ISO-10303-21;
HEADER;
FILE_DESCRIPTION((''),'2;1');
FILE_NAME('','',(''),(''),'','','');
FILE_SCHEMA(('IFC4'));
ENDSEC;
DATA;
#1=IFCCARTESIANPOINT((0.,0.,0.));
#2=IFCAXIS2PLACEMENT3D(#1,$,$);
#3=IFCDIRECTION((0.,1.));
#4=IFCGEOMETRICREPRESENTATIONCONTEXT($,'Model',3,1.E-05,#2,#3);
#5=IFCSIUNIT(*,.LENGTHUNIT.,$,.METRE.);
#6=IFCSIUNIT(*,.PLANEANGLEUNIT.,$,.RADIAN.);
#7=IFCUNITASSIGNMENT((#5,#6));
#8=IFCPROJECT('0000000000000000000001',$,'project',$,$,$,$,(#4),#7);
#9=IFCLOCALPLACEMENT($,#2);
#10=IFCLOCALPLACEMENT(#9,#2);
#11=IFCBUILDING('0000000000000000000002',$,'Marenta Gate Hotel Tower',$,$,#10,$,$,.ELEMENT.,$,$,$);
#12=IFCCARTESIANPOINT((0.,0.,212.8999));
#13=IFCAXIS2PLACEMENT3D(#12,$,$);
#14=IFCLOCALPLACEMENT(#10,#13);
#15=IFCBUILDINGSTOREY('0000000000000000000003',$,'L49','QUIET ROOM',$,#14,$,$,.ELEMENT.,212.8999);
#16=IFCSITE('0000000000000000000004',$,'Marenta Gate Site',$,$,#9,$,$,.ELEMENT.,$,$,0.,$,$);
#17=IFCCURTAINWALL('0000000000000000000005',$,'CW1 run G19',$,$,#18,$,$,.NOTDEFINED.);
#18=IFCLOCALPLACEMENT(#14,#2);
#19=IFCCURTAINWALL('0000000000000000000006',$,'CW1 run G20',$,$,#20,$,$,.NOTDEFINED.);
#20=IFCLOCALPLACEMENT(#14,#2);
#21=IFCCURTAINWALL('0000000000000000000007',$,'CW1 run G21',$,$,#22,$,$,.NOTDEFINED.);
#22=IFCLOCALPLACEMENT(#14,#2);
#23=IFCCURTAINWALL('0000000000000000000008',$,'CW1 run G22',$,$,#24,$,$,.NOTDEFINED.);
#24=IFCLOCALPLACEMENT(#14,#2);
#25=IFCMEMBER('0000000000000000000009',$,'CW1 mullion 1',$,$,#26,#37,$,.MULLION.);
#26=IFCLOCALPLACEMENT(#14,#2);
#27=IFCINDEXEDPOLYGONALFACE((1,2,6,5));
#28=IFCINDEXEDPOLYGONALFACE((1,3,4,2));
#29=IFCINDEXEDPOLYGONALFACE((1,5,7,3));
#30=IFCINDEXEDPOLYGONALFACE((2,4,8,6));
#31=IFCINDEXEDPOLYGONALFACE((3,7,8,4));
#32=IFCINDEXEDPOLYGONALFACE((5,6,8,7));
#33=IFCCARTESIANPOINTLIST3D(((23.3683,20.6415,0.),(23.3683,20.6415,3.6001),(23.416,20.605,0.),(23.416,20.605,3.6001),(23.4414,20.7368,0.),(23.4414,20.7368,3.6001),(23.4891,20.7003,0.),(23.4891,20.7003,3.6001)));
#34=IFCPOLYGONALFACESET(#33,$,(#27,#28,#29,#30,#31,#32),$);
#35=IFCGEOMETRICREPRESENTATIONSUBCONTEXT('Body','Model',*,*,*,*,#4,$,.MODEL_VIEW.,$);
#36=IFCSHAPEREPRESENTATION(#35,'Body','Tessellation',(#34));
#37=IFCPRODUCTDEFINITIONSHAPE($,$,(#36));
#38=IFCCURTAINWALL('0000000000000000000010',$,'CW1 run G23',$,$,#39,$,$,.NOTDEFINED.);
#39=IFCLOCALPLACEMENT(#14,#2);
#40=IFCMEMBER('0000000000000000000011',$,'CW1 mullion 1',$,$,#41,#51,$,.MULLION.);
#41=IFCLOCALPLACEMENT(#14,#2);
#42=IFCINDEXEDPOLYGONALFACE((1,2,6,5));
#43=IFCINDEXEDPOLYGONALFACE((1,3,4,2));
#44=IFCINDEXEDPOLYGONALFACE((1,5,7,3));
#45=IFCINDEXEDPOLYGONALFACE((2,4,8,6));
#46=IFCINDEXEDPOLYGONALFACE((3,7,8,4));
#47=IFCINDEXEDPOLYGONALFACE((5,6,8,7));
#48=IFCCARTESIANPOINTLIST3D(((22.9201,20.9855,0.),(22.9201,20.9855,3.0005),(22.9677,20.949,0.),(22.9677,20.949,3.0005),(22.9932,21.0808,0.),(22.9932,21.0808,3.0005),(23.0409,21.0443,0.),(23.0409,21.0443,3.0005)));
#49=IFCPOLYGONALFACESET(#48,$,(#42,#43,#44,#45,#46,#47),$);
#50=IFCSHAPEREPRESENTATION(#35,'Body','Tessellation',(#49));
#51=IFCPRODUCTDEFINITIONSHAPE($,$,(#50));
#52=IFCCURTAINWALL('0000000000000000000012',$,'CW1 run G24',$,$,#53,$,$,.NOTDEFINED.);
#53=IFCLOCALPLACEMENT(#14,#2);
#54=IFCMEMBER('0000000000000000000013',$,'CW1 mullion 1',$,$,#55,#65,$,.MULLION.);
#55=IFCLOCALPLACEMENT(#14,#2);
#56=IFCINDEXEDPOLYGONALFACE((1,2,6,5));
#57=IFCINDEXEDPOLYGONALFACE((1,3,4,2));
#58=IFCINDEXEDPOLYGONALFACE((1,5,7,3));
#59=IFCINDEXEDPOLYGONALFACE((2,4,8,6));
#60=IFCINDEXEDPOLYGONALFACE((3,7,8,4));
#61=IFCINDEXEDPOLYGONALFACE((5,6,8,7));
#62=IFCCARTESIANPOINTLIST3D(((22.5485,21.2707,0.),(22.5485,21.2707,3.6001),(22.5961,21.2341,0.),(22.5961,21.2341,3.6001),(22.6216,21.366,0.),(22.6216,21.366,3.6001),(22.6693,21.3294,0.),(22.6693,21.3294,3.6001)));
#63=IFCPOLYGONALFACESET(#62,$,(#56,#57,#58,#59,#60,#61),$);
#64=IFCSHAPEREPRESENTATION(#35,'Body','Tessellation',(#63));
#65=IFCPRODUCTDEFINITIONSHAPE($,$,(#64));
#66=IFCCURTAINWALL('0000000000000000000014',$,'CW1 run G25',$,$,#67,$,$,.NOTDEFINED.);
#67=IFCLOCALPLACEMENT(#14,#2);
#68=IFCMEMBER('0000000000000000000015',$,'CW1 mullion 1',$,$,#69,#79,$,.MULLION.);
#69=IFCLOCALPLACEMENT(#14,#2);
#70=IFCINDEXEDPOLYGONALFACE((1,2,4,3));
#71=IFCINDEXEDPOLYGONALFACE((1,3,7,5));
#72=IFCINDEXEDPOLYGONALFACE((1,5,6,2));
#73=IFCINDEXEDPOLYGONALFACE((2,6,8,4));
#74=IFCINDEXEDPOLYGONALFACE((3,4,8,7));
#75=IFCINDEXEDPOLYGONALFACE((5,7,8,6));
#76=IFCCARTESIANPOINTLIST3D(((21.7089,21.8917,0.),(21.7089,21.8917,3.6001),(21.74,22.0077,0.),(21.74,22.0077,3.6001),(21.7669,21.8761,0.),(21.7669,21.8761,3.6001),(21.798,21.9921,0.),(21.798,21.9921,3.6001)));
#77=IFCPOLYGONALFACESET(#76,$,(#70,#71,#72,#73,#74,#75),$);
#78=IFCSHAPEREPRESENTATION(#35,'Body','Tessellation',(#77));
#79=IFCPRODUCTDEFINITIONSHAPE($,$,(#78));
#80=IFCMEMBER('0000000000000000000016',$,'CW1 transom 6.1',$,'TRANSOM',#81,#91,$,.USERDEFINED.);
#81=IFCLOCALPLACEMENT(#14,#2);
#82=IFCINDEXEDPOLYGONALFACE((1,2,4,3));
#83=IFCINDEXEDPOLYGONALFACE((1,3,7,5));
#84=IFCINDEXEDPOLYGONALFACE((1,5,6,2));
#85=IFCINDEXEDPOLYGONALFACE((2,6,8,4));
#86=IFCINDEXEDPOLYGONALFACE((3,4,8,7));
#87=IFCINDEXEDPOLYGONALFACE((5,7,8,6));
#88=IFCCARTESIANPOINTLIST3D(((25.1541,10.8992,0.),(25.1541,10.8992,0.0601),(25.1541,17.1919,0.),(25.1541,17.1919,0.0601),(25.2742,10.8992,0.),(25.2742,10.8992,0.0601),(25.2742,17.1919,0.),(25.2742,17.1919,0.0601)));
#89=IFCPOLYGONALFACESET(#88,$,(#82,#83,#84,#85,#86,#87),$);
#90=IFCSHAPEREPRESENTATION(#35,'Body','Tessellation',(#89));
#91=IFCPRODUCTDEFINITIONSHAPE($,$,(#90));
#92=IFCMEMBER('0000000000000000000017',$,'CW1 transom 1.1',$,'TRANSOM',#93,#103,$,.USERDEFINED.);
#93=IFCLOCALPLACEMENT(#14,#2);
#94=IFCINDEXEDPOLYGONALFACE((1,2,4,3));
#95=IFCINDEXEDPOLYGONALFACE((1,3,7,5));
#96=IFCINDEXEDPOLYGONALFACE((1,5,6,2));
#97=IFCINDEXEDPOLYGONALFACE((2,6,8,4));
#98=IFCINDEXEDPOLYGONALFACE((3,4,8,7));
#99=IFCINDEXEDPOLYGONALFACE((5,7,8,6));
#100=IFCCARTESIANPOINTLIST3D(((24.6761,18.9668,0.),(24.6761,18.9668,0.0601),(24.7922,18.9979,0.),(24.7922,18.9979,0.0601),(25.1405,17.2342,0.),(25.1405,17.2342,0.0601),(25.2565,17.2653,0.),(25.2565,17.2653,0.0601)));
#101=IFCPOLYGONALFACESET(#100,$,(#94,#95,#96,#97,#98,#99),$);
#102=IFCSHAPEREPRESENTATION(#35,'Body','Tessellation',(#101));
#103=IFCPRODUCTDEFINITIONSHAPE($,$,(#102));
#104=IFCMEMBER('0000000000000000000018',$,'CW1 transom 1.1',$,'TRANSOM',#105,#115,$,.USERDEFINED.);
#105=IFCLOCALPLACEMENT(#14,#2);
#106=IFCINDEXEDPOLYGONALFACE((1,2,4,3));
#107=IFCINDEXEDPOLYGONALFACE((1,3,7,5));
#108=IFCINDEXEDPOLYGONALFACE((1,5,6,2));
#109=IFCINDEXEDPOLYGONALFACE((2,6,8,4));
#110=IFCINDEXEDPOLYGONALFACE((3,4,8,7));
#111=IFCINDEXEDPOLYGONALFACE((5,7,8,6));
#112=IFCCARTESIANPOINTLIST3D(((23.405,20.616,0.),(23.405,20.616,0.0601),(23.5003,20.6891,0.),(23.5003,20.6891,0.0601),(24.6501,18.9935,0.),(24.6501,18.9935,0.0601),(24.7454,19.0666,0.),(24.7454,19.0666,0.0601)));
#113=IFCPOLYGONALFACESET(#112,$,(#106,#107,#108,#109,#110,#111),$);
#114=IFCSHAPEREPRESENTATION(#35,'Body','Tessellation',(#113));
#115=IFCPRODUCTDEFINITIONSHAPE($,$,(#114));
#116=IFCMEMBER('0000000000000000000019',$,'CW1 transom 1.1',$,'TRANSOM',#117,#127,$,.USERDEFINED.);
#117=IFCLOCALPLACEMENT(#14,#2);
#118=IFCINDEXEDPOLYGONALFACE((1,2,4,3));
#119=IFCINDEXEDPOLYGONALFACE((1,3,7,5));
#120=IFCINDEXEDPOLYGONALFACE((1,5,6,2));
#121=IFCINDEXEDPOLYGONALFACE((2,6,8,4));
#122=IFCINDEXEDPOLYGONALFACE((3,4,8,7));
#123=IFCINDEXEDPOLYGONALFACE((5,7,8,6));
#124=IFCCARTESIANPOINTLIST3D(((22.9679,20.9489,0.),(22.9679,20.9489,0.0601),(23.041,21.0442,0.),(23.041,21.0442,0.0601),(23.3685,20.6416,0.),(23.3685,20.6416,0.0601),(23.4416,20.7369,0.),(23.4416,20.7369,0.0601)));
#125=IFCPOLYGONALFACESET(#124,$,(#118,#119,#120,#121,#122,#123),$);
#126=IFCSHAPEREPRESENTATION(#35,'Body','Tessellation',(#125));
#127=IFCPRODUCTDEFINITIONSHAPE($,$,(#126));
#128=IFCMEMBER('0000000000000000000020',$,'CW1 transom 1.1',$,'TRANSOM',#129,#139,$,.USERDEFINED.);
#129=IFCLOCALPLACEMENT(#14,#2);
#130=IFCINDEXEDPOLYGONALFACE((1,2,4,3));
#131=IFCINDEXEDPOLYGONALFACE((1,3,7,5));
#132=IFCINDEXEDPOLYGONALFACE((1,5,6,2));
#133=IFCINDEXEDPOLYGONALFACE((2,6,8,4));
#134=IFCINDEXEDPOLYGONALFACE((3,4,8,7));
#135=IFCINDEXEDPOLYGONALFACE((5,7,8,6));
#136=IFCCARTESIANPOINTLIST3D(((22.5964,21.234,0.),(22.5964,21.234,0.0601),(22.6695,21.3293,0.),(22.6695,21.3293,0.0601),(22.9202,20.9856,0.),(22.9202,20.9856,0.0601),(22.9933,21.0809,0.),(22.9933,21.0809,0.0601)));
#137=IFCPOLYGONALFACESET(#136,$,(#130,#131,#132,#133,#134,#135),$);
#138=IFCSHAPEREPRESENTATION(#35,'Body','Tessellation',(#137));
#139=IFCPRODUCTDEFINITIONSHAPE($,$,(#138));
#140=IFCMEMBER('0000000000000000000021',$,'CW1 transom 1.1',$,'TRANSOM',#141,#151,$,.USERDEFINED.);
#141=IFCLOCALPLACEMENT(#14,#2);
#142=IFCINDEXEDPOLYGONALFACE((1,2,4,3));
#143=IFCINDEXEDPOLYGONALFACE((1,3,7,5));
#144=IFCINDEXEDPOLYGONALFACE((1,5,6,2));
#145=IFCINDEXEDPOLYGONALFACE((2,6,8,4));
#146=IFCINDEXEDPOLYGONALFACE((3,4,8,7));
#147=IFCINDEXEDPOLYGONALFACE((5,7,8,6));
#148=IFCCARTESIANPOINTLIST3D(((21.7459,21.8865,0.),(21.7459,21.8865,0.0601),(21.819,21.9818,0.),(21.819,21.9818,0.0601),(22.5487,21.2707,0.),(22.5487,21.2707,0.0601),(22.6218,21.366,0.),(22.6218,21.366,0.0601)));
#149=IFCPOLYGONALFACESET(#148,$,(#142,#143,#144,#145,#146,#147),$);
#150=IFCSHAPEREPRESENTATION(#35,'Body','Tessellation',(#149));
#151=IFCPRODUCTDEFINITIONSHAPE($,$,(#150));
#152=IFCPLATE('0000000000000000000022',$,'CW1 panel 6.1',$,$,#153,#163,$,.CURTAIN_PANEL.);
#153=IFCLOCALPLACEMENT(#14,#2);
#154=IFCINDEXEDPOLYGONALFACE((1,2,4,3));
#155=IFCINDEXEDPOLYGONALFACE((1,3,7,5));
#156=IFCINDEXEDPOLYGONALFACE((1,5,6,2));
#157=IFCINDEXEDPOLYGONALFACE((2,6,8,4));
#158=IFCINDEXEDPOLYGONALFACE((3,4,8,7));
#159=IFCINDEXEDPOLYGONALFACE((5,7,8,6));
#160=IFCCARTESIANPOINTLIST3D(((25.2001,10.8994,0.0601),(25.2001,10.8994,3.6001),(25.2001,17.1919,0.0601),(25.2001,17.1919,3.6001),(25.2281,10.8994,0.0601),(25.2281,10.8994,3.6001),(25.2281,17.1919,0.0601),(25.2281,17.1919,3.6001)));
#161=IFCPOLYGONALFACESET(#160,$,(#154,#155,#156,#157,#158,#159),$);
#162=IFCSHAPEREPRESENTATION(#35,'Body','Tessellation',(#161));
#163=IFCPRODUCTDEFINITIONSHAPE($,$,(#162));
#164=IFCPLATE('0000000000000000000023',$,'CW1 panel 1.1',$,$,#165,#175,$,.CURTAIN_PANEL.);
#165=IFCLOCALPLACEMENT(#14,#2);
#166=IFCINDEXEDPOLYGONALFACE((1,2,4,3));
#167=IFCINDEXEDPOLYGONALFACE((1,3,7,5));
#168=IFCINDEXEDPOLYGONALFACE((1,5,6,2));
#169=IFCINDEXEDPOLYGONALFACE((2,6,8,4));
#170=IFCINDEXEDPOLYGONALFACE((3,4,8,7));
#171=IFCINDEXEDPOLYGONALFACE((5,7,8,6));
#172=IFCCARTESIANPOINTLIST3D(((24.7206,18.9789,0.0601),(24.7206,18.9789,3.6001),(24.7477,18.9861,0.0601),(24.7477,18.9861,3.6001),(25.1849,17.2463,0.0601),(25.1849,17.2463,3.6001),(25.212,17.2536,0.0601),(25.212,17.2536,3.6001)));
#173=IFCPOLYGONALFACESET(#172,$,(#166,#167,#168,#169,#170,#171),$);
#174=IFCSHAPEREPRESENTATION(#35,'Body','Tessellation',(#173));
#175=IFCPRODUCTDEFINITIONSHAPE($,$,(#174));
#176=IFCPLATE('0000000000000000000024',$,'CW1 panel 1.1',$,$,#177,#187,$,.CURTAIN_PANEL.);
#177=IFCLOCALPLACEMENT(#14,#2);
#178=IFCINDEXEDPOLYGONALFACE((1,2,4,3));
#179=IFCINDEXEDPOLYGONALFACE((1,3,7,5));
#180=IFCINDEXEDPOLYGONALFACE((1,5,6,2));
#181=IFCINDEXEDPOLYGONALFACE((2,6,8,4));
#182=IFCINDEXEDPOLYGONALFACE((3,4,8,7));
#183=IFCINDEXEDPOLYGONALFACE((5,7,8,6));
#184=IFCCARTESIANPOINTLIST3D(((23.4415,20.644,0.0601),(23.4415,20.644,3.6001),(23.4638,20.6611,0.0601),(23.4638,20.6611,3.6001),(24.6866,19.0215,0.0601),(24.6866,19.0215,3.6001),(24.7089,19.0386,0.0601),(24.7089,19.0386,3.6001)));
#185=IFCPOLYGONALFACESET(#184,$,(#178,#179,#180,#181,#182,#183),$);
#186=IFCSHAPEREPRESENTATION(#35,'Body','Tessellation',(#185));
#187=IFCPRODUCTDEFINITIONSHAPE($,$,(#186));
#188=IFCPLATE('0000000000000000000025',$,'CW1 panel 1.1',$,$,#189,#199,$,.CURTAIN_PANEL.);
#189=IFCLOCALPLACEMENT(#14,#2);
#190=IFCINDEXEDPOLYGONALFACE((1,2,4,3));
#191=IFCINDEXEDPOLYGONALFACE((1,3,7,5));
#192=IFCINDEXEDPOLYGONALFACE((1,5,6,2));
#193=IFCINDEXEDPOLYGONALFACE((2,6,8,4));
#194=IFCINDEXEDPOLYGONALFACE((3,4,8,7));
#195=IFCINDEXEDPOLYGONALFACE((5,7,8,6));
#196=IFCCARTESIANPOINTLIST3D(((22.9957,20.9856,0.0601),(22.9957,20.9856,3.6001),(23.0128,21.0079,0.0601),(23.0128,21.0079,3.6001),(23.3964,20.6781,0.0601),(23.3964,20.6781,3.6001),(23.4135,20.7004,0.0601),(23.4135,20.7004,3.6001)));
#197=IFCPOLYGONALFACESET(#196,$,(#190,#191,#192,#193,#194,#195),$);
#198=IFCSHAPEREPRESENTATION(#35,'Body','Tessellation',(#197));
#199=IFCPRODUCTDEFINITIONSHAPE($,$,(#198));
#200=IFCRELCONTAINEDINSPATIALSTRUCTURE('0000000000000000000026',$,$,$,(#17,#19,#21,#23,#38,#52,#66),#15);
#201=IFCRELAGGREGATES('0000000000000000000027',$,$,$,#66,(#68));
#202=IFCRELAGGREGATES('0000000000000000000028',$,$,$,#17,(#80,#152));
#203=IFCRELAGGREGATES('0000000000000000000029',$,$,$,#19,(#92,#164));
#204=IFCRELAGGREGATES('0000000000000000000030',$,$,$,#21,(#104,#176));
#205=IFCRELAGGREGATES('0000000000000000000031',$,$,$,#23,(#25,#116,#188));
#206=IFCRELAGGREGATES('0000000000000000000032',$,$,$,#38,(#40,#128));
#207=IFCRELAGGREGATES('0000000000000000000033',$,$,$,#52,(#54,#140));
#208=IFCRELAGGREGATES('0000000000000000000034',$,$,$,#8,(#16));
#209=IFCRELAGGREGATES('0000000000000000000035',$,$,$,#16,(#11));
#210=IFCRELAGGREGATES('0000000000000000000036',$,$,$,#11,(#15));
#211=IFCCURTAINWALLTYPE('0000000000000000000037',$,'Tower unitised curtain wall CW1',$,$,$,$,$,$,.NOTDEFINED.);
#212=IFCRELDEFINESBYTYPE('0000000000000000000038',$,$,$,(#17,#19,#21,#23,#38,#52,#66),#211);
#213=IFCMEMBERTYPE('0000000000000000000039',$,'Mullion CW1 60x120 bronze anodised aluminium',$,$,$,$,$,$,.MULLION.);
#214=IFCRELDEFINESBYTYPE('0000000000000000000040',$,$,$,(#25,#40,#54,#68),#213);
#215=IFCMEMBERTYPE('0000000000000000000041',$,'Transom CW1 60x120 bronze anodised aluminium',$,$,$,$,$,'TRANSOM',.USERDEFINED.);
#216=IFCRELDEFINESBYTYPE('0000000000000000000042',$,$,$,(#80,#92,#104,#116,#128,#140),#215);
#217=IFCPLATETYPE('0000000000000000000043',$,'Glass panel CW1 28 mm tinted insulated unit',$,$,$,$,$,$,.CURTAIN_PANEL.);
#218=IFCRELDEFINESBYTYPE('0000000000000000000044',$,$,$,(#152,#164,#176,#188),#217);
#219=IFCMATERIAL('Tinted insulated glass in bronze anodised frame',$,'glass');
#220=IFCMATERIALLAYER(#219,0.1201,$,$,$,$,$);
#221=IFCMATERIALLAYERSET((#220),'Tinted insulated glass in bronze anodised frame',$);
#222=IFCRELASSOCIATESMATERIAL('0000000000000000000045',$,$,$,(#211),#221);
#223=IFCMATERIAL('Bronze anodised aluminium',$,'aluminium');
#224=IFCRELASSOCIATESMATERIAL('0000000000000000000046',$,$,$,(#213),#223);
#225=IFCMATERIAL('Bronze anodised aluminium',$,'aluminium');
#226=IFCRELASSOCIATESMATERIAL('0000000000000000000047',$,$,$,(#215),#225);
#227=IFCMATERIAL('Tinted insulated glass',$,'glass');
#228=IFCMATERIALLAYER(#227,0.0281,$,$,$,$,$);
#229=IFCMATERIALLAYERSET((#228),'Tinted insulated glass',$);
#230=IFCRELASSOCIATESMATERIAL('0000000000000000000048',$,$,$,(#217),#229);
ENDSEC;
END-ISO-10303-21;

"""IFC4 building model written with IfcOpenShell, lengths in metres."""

from ifc_helpers import new_model, si_unit, direction, frame, origin, origin_2d, place, context, subcontext, project, spatial, rectangle, extrude, material, layer, layer_set, material_profile, profile_set, type_object, element, aggregate, save


model = new_model("IFC4")

# Units and contexts
model_context = context("Model", 3, precision=1e-05, world=origin(), true_north=direction((0.0, 1.0)))
body_context = subcontext(model_context, "Body", "Model", "MODEL_VIEW")
ifc_project = project(units=[si_unit("LENGTHUNIT", "METRE"), si_unit("PLANEANGLEUNIT", "RADIAN")], contexts=[model_context])

# Site, building, storey
site_placement = place(None, origin())
site = spatial("IfcSite", under=ifc_project, at=site_placement, Name="Marenta Gate Site", CompositionType="ELEMENT", RefElevation=0.0)
building_placement = place(site_placement, origin())
building = spatial("IfcBuilding", under=site, at=building_placement, Name="Marenta Gate Hotel Tower", CompositionType="ELEMENT")
storey_placement = place(building_placement, frame((0.0, 0.0, 212.8999)))
storey = spatial("IfcBuildingStorey", under=building, at=storey_placement, Name="L49", Description="QUIET ROOM", CompositionType="ELEMENT", Elevation=212.8999)

# Curtain walls, members
ifc_material_1 = material(Name="Tinted insulated glass in bronze anodised frame", Category="glass")
ifc_layer_1 = layer(ifc_material_1, 0.1201)
ifc_layer_set_1 = layer_set([ifc_layer_1], Name="Tinted insulated glass in bronze anodised frame")
curtain_wall_type = type_object("IfcCurtainWallType", Name="Tower unitised curtain wall CW1", PredefinedType="NOTDEFINED", material=ifc_layer_set_1)
curtain_wall_1_placement = place(storey_placement, origin())
curtain_wall_1 = element("IfcCurtainWall", 1, at=curtain_wall_1_placement, inside=storey, type_object=curtain_wall_type, Name="CW1 run G19", PredefinedType="NOTDEFINED")
ifc_material_2 = material(Name="Bronze anodised aluminium", Category="aluminium")
ifc_material_profile_1 = material_profile(ifc_material_2, rectangle(XDim=0.1201, YDim=0.0601, at=origin_2d()), Name="Mullion CW1 60x120 bronze anodised aluminium")
ifc_profile_set_1 = profile_set([ifc_material_profile_1], Name="Bronze anodised aluminium")
member_type_1 = type_object("IfcMemberType", Name="Mullion CW1 60x120 bronze anodised aluminium", PredefinedType="MULLION", material=ifc_profile_set_1)
curtain_wall_2_placement = place(storey_placement, origin())
curtain_wall_2 = element("IfcCurtainWall", 2, at=curtain_wall_2_placement, inside=storey, type_object=curtain_wall_type, Name="CW1 run G20", PredefinedType="NOTDEFINED")
curtain_wall_3_placement = place(storey_placement, origin())
curtain_wall_3 = element("IfcCurtainWall", 3, at=curtain_wall_3_placement, inside=storey, type_object=curtain_wall_type, Name="CW1 run G21", PredefinedType="NOTDEFINED")
curtain_wall_4_placement = place(storey_placement, origin())
curtain_wall_4 = element("IfcCurtainWall", 4, at=curtain_wall_4_placement, inside=storey, type_object=curtain_wall_type, Name="CW1 run G22", PredefinedType="NOTDEFINED")
member_1_placement = place(storey_placement, frame((23.4287, 20.6709, 0.0), z_axis=(0.0, 0.0, 1.0), x_axis=(-0.60877, -0.793347, 0.0)))
member_1 = element("IfcMember", 5, at=member_1_placement, type_object=member_type_1, Name="CW1 mullion 1", PredefinedType="MULLION", context=body_context, shape_type="SweptSolid", body=[
    extrude(rectangle(XDim=0.1201, YDim=0.0601, at=origin_2d()), origin(), (0.0, 0.0, 1.0), 3.6001),
])
curtain_wall_5_placement = place(storey_placement, origin())
curtain_wall_5 = element("IfcCurtainWall", 6, at=curtain_wall_5_placement, inside=storey, type_object=curtain_wall_type, Name="CW1 run G23", PredefinedType="NOTDEFINED")
member_2_placement = place(storey_placement, frame((22.9805, 21.0149, 0.0), z_axis=(0.0, 0.0, 1.0), x_axis=(-0.608844, -0.79329, 0.0)))
member_2 = element("IfcMember", 7, at=member_2_placement, type_object=member_type_1, Name="CW1 mullion 1", PredefinedType="MULLION", context=body_context, shape_type="SweptSolid", body=[
    extrude(rectangle(XDim=0.1201, YDim=0.0601, at=origin_2d()), origin(), (0.0, 0.0, 1.0), 3.0005),
])
curtain_wall_6_placement = place(storey_placement, origin())
curtain_wall_6 = element("IfcCurtainWall", 8, at=curtain_wall_6_placement, inside=storey, type_object=curtain_wall_type, Name="CW1 run G24", PredefinedType="NOTDEFINED")
member_3_placement = place(storey_placement, frame((22.6089, 21.3, 0.0), z_axis=(0.0, 0.0, 1.0), x_axis=(-0.608772, -0.793345, 0.0)))
member_3 = element("IfcMember", 9, at=member_3_placement, type_object=member_type_1, Name="CW1 mullion 1", PredefinedType="MULLION", context=body_context, shape_type="SweptSolid", body=[
    extrude(rectangle(XDim=0.1201, YDim=0.0601, at=origin_2d()), origin(), (0.0, 0.0, 1.0), 3.6001),
])
curtain_wall_7_placement = place(storey_placement, origin())
curtain_wall_7 = element("IfcCurtainWall", 10, at=curtain_wall_7_placement, inside=storey, type_object=curtain_wall_type, Name="CW1 run G25", PredefinedType="NOTDEFINED")
member_4_placement = place(storey_placement, frame((21.7534, 21.9419, 0.0), z_axis=(0.0, 0.0, 1.0), x_axis=(-0.258805, -0.96593, 0.0)))
member_4 = element("IfcMember", 11, at=member_4_placement, type_object=member_type_1, Name="CW1 mullion 1", PredefinedType="MULLION", context=body_context, shape_type="SweptSolid", body=[
    extrude(rectangle(XDim=0.1201, YDim=0.0601, at=origin_2d()), origin(), (0.0, 0.0, 1.0), 3.6001),
])
aggregate(curtain_wall_7, [member_4])

# Members
ifc_material_3 = material(Name="Bronze anodised aluminium", Category="aluminium")
ifc_material_profile_2 = material_profile(ifc_material_3, rectangle(XDim=0.1201, YDim=0.0601, at=origin_2d()), Name="Transom CW1 60x120 bronze anodised aluminium")
ifc_profile_set_2 = profile_set([ifc_material_profile_2], Name="Bronze anodised aluminium")
member_type_2 = type_object("IfcMemberType", Name="Transom CW1 60x120 bronze anodised aluminium", ElementType="TRANSOM", PredefinedType="USERDEFINED", material=ifc_profile_set_2)
member_5_placement = place(storey_placement, frame((25.2141, 10.8992, 0.03), z_axis=(0.0, 1.0, 0.0), x_axis=(-1.0, 0.0, 0.0)))
member_5 = element("IfcMember", 12, at=member_5_placement, type_object=member_type_2, Name="CW1 transom 6.1", ObjectType="TRANSOM", PredefinedType="USERDEFINED", context=body_context, shape_type="SweptSolid", body=[
    extrude(rectangle(XDim=0.1201, YDim=0.0601, at=origin_2d()), origin(), (0.0, 0.0, 1.0), 6.2927),
])
member_6_placement = place(storey_placement, frame((25.1985, 17.2498, 0.03), z_axis=(-0.258865, 0.965913, 0.0), x_axis=(-0.965913, -0.258865, 0.0)))
member_6 = element("IfcMember", 13, at=member_6_placement, type_object=member_type_2, Name="CW1 transom 1.1", ObjectType="TRANSOM", PredefinedType="USERDEFINED", context=body_context, shape_type="SweptSolid", body=[
    extrude(rectangle(XDim=0.1201, YDim=0.0601, at=origin_2d()), origin(), (0.0, 0.0, 1.0), 1.7937),
])
member_7_placement = place(storey_placement, frame((24.6978, 19.03, 0.03), z_axis=(-0.608787, 0.793333, 0.0), x_axis=(-0.793333, -0.608787, 0.0)))
member_7 = element("IfcMember", 14, at=member_7_placement, type_object=member_type_2, Name="CW1 transom 1.1", ObjectType="TRANSOM", PredefinedType="USERDEFINED", context=body_context, shape_type="SweptSolid", body=[
    extrude(rectangle(XDim=0.1201, YDim=0.0601, at=origin_2d()), origin(), (0.0, 0.0, 1.0), 2.0452),
])
member_8_placement = place(storey_placement, frame((23.405, 20.6892, 0.03), z_axis=(-0.793396, 0.608706, 0.0), x_axis=(-0.608706, -0.793396, 0.0)))
member_8 = element("IfcMember", 15, at=member_8_placement, type_object=member_type_2, Name="CW1 transom 1.1", ObjectType="TRANSOM", PredefinedType="USERDEFINED", context=body_context, shape_type="SweptSolid", body=[
    extrude(rectangle(XDim=0.1201, YDim=0.0601, at=origin_2d()), origin(), (0.0, 0.0, 1.0), 0.5049),
])
member_9_placement = place(storey_placement, frame((22.9568, 21.0332, 0.03), z_axis=(-0.793423, 0.60867, 0.0), x_axis=(-0.60867, -0.793423, 0.0)))
member_9 = element("IfcMember", 16, at=member_9_placement, type_object=member_type_2, Name="CW1 transom 1.1", ObjectType="TRANSOM", PredefinedType="USERDEFINED", context=body_context, shape_type="SweptSolid", body=[
    extrude(rectangle(XDim=0.1201, YDim=0.0601, at=origin_2d()), origin(), (0.0, 0.0, 1.0), 0.4082),
])
member_10_placement = place(storey_placement, frame((22.5852, 21.3184, 0.03), z_axis=(-0.793467, 0.608614, 0.0), x_axis=(-0.608614, -0.793467, 0.0)))
member_10 = element("IfcMember", 17, at=member_10_placement, type_object=member_type_2, Name="CW1 transom 1.1", ObjectType="TRANSOM", PredefinedType="USERDEFINED", context=body_context, shape_type="SweptSolid", body=[
    extrude(rectangle(XDim=0.1201, YDim=0.0601, at=origin_2d()), origin(), (0.0, 0.0, 1.0), 1.0117),
])

# Plates
ifc_material_4 = material(Name="Tinted insulated glass", Category="glass")
ifc_layer_2 = layer(ifc_material_4, 0.0281)
ifc_layer_set_2 = layer_set([ifc_layer_2], Name="Tinted insulated glass")
plate_type = type_object("IfcPlateType", Name="Glass panel CW1 28 mm tinted insulated unit", PredefinedType="CURTAIN_PANEL", material=ifc_layer_set_2)
plate_1_placement = place(storey_placement, frame((25.2141, 14.0457, 0.0601), z_axis=(0.0, 0.0, 1.0), x_axis=(0.0, 1.0, 0.0)))
plate_1 = element("IfcPlate", 18, at=plate_1_placement, type_object=plate_type, Name="CW1 panel 6.1", PredefinedType="CURTAIN_PANEL", context=body_context, shape_type="SweptSolid", body=[
    extrude(rectangle(XDim=6.2925, YDim=0.0281, at=origin_2d()), origin(), (0.0, 0.0, 1.0), 3.54),
])
aggregate(curtain_wall_1, [member_5, plate_1])
plate_2_placement = place(storey_placement, frame((24.9663, 18.1162, 0.0601), z_axis=(0.0, 0.0, 1.0), x_axis=(-0.258824, 0.965924, 0.0)))
plate_2 = element("IfcPlate", 19, at=plate_2_placement, type_object=plate_type, Name="CW1 panel 1.1", PredefinedType="CURTAIN_PANEL", context=body_context, shape_type="SweptSolid", body=[
    extrude(rectangle(XDim=1.7937, YDim=0.0281, at=origin_2d()), origin(), (0.0, 0.0, 1.0), 3.54),
])
aggregate(curtain_wall_2, [member_6, plate_2])
plate_3_placement = place(storey_placement, frame((24.0752, 19.8413, 0.0601), z_axis=(0.0, 0.0, 1.0), x_axis=(-0.608787, 0.793333, 0.0)))
plate_3 = element("IfcPlate", 20, at=plate_3_placement, type_object=plate_type, Name="CW1 panel 1.1", PredefinedType="CURTAIN_PANEL", context=body_context, shape_type="SweptSolid", body=[
    extrude(rectangle(XDim=2.0452, YDim=0.0281, at=origin_2d()), origin(), (0.0, 0.0, 1.0), 3.54),
])
aggregate(curtain_wall_3, [member_7, plate_3])
plate_4_placement = place(storey_placement, frame((23.2046, 20.843, 0.0601), z_axis=(0.0, 0.0, 1.0), x_axis=(-0.793347, 0.60877, 0.0)))
plate_4 = element("IfcPlate", 21, at=plate_4_placement, type_object=plate_type, Name="CW1 panel 1.1", PredefinedType="CURTAIN_PANEL", context=body_context, shape_type="SweptSolid", body=[
    extrude(rectangle(XDim=0.5051, YDim=0.0281, at=origin_2d()), origin(), (0.0, 0.0, 1.0), 3.54),
])
aggregate(curtain_wall_4, [member_1, member_8, plate_4])
aggregate(curtain_wall_5, [member_2, member_9])
aggregate(curtain_wall_6, [member_3, member_10])

save(model, "model.ifc")
